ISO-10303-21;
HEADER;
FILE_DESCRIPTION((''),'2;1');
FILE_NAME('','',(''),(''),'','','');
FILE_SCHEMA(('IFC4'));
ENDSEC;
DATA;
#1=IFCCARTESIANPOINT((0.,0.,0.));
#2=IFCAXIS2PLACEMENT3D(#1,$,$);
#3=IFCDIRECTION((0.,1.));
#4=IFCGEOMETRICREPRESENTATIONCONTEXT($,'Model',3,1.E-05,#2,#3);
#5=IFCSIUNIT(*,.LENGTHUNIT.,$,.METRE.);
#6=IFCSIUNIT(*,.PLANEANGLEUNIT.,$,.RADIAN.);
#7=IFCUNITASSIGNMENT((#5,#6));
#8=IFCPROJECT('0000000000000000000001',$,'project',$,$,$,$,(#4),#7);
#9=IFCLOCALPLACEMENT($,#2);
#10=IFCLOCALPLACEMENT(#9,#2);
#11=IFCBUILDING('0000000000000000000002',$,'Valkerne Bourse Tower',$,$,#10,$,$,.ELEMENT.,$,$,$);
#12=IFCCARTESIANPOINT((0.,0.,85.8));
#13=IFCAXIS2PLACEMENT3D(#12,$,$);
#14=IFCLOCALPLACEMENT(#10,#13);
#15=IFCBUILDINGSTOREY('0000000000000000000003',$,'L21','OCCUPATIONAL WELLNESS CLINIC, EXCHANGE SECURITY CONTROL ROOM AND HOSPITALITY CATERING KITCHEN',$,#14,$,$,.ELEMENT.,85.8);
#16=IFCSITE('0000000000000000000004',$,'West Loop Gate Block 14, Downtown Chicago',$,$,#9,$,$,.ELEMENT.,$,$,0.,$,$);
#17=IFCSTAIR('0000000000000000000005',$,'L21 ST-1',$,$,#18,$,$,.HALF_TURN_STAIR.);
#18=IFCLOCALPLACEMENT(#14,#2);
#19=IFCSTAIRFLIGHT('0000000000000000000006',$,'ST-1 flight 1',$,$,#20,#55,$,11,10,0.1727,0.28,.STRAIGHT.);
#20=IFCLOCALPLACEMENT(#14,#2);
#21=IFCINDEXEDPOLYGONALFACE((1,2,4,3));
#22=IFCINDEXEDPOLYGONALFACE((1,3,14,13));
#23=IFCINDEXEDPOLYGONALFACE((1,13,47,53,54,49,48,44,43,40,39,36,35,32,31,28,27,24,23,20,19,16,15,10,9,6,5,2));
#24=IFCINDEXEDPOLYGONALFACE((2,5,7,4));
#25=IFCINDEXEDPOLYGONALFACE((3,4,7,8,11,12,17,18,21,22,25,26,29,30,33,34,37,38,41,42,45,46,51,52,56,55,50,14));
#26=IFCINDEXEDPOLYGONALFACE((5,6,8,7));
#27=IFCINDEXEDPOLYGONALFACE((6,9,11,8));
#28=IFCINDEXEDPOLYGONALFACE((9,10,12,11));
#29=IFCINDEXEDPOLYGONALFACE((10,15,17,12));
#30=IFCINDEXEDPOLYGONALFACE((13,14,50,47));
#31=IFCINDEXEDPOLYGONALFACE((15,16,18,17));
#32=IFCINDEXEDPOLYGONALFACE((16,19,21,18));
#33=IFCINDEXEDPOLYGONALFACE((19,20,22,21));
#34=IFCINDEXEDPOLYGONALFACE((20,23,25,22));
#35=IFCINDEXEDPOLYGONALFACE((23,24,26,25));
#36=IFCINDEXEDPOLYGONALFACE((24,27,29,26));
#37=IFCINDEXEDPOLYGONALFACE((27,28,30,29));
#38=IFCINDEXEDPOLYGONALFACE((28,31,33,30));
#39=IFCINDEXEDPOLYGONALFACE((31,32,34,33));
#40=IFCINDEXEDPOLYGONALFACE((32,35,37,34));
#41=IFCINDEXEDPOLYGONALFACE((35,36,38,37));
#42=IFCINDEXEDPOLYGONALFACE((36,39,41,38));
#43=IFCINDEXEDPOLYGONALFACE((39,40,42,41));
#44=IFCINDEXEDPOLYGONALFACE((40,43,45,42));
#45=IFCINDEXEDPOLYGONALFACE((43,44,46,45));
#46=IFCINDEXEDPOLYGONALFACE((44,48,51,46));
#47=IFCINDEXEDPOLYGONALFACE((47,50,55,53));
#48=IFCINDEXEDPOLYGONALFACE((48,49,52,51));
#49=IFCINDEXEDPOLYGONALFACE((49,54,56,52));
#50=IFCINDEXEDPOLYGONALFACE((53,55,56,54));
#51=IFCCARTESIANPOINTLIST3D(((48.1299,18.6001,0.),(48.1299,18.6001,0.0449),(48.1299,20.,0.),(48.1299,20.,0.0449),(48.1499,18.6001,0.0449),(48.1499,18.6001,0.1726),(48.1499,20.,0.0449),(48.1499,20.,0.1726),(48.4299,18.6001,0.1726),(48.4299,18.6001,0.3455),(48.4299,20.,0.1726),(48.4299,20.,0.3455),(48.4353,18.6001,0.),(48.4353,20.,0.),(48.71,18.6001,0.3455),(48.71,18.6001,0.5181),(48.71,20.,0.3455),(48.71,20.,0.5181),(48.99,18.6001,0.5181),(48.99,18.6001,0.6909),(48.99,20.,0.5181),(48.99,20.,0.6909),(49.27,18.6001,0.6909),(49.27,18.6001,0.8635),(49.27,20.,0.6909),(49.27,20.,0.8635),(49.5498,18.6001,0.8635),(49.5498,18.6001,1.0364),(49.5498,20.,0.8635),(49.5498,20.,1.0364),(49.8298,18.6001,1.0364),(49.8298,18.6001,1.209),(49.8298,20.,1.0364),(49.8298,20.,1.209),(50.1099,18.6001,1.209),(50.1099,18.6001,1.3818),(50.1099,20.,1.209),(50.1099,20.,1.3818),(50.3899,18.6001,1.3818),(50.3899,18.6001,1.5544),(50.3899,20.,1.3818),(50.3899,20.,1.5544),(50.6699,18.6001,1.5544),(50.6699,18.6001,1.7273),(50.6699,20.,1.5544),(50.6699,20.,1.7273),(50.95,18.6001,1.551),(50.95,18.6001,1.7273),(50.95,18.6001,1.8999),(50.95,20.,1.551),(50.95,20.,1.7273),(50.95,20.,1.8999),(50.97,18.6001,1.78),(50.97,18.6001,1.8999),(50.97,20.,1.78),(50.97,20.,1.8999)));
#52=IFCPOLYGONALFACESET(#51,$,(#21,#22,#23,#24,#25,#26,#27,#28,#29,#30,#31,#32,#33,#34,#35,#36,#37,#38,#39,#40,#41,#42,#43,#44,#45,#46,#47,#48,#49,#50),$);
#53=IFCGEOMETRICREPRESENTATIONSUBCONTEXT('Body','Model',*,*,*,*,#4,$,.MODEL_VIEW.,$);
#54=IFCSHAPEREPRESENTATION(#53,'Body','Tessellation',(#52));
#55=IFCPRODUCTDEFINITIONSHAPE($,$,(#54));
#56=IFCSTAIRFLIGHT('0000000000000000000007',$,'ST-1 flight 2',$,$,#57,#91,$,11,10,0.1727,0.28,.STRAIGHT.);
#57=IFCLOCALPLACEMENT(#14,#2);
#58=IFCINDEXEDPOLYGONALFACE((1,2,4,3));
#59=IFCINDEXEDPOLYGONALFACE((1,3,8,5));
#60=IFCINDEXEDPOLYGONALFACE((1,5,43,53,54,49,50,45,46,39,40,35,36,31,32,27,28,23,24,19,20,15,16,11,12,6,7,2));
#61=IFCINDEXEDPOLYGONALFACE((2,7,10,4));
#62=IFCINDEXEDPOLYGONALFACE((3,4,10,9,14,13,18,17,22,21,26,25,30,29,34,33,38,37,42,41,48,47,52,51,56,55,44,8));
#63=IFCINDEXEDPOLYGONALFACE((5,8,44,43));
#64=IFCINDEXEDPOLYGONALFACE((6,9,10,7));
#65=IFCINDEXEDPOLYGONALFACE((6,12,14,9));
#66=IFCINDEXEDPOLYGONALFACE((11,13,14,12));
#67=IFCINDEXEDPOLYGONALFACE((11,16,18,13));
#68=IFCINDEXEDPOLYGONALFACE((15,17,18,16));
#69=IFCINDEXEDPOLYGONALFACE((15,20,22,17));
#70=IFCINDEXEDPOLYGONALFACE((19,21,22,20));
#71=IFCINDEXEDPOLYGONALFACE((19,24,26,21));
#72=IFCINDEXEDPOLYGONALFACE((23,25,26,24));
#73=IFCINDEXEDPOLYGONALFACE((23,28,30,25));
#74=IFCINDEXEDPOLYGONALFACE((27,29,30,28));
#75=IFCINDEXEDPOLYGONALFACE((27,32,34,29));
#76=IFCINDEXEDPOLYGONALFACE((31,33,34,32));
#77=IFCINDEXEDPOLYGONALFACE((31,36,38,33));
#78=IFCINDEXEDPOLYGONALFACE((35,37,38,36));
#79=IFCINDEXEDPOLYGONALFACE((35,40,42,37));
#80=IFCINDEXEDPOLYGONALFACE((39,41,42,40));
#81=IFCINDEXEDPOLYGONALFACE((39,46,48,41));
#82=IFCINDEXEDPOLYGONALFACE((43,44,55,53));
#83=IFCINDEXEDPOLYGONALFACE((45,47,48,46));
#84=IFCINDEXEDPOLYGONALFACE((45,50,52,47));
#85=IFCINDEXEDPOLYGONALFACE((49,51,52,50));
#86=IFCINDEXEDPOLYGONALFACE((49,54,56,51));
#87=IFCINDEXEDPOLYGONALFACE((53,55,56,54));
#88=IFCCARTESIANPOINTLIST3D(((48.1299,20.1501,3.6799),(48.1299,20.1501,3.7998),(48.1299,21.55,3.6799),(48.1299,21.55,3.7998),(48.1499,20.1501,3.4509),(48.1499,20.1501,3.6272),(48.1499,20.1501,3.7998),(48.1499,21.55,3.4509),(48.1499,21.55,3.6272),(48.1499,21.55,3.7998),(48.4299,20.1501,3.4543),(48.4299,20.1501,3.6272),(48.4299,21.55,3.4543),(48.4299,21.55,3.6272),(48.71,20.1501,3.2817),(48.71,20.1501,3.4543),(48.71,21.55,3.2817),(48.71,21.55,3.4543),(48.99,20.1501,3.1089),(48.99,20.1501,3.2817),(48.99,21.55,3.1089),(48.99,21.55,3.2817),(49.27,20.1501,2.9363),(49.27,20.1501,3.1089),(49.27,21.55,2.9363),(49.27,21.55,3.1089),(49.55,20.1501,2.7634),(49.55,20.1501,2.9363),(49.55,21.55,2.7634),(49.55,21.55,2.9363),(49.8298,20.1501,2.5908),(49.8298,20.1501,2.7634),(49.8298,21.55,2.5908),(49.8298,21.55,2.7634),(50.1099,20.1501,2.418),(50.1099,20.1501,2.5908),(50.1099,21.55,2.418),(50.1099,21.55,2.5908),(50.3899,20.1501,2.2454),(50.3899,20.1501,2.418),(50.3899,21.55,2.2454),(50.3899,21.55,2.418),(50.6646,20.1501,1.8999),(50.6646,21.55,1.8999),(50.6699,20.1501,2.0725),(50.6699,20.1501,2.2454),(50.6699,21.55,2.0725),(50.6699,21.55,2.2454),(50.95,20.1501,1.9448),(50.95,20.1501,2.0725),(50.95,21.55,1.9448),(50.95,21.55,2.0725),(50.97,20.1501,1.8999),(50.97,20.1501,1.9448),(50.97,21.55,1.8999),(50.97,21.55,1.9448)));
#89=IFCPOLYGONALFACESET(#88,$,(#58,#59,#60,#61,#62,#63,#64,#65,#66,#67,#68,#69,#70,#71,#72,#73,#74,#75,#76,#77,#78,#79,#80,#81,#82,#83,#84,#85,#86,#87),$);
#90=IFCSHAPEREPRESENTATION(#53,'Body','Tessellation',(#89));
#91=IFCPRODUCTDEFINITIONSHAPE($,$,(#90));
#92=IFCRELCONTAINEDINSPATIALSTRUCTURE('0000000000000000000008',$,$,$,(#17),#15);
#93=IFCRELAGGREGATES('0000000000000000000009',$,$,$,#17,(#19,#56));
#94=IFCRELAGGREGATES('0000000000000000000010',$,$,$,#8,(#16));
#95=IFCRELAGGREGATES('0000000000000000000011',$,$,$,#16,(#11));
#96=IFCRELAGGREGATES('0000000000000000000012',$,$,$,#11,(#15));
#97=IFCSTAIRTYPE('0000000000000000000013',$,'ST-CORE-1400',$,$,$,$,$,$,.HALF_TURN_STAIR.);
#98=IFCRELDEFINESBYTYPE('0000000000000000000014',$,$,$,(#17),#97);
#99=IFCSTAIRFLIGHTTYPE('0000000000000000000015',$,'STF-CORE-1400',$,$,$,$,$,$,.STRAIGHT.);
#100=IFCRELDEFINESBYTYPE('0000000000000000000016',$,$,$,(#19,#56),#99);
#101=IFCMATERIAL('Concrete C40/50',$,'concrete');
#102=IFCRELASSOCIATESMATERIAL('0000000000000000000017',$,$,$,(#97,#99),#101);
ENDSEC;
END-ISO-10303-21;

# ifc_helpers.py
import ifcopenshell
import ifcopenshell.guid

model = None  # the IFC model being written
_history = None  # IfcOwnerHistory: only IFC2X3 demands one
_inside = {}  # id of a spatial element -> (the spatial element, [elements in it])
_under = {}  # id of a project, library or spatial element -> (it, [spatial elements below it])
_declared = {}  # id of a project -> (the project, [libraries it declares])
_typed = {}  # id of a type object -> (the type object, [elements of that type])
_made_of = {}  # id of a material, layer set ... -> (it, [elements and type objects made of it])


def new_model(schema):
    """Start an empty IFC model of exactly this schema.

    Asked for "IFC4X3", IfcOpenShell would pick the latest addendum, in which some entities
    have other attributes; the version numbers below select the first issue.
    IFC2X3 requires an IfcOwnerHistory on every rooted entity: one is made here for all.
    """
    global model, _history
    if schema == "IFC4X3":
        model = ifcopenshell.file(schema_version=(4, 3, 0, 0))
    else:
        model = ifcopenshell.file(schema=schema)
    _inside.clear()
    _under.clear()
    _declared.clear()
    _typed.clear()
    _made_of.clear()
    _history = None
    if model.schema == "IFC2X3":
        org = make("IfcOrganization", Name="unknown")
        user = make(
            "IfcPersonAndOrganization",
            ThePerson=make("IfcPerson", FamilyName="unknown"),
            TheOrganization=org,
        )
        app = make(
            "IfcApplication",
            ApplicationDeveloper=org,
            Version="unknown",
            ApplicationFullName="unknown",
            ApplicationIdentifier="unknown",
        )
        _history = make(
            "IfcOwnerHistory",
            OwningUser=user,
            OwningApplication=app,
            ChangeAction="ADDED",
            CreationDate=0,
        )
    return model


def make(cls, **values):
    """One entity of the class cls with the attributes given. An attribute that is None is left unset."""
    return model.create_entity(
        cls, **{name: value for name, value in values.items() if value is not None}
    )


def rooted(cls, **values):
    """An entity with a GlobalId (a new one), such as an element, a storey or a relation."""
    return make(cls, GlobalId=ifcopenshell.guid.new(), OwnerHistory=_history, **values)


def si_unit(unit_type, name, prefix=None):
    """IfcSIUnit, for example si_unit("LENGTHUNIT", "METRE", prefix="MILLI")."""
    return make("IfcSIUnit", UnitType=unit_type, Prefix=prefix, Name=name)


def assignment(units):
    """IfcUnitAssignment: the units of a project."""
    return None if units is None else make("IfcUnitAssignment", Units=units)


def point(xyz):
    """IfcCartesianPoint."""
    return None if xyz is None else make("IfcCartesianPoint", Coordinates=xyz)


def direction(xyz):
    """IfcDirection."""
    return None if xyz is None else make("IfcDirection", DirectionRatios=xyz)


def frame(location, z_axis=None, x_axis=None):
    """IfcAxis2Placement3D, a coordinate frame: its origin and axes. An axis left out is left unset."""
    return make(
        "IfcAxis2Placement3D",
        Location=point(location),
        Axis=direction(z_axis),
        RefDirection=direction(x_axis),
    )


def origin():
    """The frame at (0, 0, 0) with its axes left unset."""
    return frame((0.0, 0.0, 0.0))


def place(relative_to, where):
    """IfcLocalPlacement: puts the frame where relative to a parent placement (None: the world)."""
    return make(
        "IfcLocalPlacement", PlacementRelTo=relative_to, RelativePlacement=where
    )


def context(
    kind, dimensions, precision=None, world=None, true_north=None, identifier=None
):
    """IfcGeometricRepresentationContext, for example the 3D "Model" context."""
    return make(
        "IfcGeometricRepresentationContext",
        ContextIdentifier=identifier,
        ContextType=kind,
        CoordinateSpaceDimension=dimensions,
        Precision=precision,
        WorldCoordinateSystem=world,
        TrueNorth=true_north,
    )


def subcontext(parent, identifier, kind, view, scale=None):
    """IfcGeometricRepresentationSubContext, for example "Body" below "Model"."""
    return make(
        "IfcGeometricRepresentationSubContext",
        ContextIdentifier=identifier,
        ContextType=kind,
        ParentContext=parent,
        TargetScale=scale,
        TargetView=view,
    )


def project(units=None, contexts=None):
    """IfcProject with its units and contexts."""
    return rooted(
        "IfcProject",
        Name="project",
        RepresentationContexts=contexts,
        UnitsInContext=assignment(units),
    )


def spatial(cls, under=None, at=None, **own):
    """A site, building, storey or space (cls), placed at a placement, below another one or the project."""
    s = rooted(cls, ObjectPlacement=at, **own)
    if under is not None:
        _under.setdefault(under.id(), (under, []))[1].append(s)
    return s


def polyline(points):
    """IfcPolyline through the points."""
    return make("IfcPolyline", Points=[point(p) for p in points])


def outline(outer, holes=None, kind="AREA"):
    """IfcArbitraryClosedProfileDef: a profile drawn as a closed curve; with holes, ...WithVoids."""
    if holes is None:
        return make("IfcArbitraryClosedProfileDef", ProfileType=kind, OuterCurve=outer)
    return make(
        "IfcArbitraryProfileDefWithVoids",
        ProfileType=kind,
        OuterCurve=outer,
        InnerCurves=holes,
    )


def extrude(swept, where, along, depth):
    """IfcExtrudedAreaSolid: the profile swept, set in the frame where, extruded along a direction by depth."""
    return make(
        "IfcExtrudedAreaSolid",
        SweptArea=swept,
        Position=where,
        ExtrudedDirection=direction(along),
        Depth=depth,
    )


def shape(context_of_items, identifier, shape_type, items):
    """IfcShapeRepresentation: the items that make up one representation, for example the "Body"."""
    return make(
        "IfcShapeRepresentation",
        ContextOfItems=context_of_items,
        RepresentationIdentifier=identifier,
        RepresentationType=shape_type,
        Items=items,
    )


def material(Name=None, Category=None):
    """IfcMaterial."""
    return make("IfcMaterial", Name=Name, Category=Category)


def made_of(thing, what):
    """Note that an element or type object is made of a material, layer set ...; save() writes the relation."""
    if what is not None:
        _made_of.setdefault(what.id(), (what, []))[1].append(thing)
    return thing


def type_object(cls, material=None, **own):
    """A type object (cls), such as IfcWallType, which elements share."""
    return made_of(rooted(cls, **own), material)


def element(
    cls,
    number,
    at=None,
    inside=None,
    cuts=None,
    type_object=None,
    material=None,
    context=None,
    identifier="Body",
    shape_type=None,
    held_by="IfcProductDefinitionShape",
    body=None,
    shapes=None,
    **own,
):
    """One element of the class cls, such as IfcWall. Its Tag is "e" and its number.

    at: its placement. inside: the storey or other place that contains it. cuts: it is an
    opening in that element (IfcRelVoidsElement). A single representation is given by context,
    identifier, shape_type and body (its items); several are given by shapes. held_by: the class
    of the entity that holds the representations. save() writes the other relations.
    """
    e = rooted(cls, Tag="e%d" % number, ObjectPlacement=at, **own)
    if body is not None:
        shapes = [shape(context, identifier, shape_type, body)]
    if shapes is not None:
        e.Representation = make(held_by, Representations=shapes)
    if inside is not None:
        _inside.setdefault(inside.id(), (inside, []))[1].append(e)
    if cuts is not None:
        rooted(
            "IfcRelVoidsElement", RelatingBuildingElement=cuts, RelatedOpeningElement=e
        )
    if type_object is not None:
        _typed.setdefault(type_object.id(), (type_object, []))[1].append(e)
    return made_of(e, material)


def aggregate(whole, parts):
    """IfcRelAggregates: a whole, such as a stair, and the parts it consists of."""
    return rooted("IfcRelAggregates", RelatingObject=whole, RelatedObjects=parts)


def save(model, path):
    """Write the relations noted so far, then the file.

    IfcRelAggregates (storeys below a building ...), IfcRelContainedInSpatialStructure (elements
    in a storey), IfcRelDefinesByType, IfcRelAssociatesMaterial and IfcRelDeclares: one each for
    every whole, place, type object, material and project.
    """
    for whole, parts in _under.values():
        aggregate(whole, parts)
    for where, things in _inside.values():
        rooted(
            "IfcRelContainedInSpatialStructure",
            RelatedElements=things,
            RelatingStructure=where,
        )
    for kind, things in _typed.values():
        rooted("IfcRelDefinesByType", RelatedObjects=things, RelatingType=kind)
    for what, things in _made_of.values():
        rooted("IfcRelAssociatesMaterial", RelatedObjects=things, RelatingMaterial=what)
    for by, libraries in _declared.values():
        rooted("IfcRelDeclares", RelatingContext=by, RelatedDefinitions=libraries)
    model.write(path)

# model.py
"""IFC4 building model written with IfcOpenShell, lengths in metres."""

from ifc_helpers import new_model, si_unit, direction, frame, origin, place, context, subcontext, project, spatial, polyline, outline, extrude, material, type_object, element, aggregate, save


model = new_model("IFC4")

# Units and contexts
model_context = context("Model", 3, precision=1e-05, world=origin(), true_north=direction((0.0, 1.0)))
body_context = subcontext(model_context, "Body", "Model", "MODEL_VIEW")
ifc_project = project(units=[si_unit("LENGTHUNIT", "METRE"), si_unit("PLANEANGLEUNIT", "RADIAN")], contexts=[model_context])

# Site, building, storey
site_placement = place(None, origin())
site = spatial("IfcSite", under=ifc_project, at=site_placement, Name="West Loop Gate Block 14, Downtown Chicago", CompositionType="ELEMENT", RefElevation=0.0)
building_placement = place(site_placement, origin())
building = spatial("IfcBuilding", under=site, at=building_placement, Name="Valkerne Bourse Tower", CompositionType="ELEMENT")
storey_placement = place(building_placement, frame((0.0, 0.0, 85.8)))
storey = spatial("IfcBuildingStorey", under=building, at=storey_placement, Name="L21", Description="OCCUPATIONAL WELLNESS CLINIC, EXCHANGE SECURITY CONTROL ROOM AND HOSPITALITY CATERING KITCHEN", CompositionType="ELEMENT", Elevation=85.8)

# Stair, stair flights
ifc_material_1 = material(Name="Concrete C40/50", Category="concrete")
stair_type = type_object("IfcStairType", Name="ST-CORE-1400", PredefinedType="HALF_TURN_STAIR", material=ifc_material_1)
stair_placement = place(storey_placement, origin())
stair = element("IfcStair", 1, at=stair_placement, inside=storey, type_object=stair_type, Name="L21 ST-1", PredefinedType="HALF_TURN_STAIR")
stair_flight_type = type_object("IfcStairFlightType", Name="STF-CORE-1400", PredefinedType="STRAIGHT", material=ifc_material_1)
stair_flight_1_placement = place(storey_placement, frame((48.1499, 19.3, 0.0), z_axis=(0.0, 0.0, 1.0), x_axis=(1.0, 0.0, 0.0)))
stair_flight_1 = element("IfcStairFlight", 2, at=stair_flight_1_placement, type_object=stair_flight_type, Name="ST-1 flight 1", NumberOfRisers=11, NumberOfTreads=10, PredefinedType="STRAIGHT", RiserHeight=0.1727, TreadLength=0.28, context=body_context, shape_type="SweptSolid", body=[
    extrude(outline(polyline([(-0.02, 0.0), (-0.02, 0.0449), (0.0, 0.0449), (0.0, 0.1726), (0.28, 0.1726), (0.28, 0.3455), (0.5601, 0.3455), (0.5601, 0.5181), (0.8401, 0.5181), (0.8401, 0.6909), (1.1201, 0.6909), (1.1201, 0.8635), (1.3999, 0.8635), (1.3999, 1.0364), (1.6799, 1.0364), (1.6799, 1.209), (1.96, 1.209), (1.96, 1.3818), (2.24, 1.3818), (2.24, 1.5544), (2.52, 1.5544), (2.52, 1.7273), (2.8, 1.7273), (2.8, 1.8999), (2.8201, 1.8999), (2.8201, 1.78), (2.8, 1.551), (0.2854, 0.0), (-0.02, 0.0)])), frame((0.0, 0.7, 0.0), z_axis=(0.0, -1.0, 0.0), x_axis=(1.0, 0.0, 0.0)), (0.0, 0.0, 1.0), 1.3999),
])
stair_flight_2_placement = place(storey_placement, frame((50.95, 20.8501, 1.8999), z_axis=(0.0, 0.0, 1.0), x_axis=(-1.0, 0.0, 0.0)))
stair_flight_2 = element("IfcStairFlight", 3, at=stair_flight_2_placement, type_object=stair_flight_type, Name="ST-1 flight 2", NumberOfRisers=11, NumberOfTreads=10, PredefinedType="STRAIGHT", RiserHeight=0.1727, TreadLength=0.28, context=body_context, shape_type="SweptSolid", body=[
    extrude(outline(polyline([(-0.02, 0.0), (-0.02, 0.0449), (0.0, 0.0449), (0.0, 0.1726), (0.28, 0.1726), (0.28, 0.3455), (0.5601, 0.3455), (0.5601, 0.5181), (0.8401, 0.5181), (0.8401, 0.6909), (1.1201, 0.6909), (1.1201, 0.8635), (1.3999, 0.8635), (1.3999, 1.0364), (1.6799, 1.0364), (1.6799, 1.209), (1.96, 1.209), (1.96, 1.3818), (2.24, 1.3818), (2.24, 1.5544), (2.52, 1.5544), (2.52, 1.7273), (2.8, 1.7273), (2.8, 1.8999), (2.8201, 1.8999), (2.8201, 1.78), (2.8, 1.551), (0.2854, 0.0), (-0.02, 0.0)])), frame((0.0, 0.7, 0.0), z_axis=(0.0, -1.0, 0.0), x_axis=(1.0, 0.0, 0.0)), (0.0, 0.0, 1.0), 1.3999),
])
aggregate(stair, [stair_flight_1, stair_flight_2])

save(model, "model.ifc")
